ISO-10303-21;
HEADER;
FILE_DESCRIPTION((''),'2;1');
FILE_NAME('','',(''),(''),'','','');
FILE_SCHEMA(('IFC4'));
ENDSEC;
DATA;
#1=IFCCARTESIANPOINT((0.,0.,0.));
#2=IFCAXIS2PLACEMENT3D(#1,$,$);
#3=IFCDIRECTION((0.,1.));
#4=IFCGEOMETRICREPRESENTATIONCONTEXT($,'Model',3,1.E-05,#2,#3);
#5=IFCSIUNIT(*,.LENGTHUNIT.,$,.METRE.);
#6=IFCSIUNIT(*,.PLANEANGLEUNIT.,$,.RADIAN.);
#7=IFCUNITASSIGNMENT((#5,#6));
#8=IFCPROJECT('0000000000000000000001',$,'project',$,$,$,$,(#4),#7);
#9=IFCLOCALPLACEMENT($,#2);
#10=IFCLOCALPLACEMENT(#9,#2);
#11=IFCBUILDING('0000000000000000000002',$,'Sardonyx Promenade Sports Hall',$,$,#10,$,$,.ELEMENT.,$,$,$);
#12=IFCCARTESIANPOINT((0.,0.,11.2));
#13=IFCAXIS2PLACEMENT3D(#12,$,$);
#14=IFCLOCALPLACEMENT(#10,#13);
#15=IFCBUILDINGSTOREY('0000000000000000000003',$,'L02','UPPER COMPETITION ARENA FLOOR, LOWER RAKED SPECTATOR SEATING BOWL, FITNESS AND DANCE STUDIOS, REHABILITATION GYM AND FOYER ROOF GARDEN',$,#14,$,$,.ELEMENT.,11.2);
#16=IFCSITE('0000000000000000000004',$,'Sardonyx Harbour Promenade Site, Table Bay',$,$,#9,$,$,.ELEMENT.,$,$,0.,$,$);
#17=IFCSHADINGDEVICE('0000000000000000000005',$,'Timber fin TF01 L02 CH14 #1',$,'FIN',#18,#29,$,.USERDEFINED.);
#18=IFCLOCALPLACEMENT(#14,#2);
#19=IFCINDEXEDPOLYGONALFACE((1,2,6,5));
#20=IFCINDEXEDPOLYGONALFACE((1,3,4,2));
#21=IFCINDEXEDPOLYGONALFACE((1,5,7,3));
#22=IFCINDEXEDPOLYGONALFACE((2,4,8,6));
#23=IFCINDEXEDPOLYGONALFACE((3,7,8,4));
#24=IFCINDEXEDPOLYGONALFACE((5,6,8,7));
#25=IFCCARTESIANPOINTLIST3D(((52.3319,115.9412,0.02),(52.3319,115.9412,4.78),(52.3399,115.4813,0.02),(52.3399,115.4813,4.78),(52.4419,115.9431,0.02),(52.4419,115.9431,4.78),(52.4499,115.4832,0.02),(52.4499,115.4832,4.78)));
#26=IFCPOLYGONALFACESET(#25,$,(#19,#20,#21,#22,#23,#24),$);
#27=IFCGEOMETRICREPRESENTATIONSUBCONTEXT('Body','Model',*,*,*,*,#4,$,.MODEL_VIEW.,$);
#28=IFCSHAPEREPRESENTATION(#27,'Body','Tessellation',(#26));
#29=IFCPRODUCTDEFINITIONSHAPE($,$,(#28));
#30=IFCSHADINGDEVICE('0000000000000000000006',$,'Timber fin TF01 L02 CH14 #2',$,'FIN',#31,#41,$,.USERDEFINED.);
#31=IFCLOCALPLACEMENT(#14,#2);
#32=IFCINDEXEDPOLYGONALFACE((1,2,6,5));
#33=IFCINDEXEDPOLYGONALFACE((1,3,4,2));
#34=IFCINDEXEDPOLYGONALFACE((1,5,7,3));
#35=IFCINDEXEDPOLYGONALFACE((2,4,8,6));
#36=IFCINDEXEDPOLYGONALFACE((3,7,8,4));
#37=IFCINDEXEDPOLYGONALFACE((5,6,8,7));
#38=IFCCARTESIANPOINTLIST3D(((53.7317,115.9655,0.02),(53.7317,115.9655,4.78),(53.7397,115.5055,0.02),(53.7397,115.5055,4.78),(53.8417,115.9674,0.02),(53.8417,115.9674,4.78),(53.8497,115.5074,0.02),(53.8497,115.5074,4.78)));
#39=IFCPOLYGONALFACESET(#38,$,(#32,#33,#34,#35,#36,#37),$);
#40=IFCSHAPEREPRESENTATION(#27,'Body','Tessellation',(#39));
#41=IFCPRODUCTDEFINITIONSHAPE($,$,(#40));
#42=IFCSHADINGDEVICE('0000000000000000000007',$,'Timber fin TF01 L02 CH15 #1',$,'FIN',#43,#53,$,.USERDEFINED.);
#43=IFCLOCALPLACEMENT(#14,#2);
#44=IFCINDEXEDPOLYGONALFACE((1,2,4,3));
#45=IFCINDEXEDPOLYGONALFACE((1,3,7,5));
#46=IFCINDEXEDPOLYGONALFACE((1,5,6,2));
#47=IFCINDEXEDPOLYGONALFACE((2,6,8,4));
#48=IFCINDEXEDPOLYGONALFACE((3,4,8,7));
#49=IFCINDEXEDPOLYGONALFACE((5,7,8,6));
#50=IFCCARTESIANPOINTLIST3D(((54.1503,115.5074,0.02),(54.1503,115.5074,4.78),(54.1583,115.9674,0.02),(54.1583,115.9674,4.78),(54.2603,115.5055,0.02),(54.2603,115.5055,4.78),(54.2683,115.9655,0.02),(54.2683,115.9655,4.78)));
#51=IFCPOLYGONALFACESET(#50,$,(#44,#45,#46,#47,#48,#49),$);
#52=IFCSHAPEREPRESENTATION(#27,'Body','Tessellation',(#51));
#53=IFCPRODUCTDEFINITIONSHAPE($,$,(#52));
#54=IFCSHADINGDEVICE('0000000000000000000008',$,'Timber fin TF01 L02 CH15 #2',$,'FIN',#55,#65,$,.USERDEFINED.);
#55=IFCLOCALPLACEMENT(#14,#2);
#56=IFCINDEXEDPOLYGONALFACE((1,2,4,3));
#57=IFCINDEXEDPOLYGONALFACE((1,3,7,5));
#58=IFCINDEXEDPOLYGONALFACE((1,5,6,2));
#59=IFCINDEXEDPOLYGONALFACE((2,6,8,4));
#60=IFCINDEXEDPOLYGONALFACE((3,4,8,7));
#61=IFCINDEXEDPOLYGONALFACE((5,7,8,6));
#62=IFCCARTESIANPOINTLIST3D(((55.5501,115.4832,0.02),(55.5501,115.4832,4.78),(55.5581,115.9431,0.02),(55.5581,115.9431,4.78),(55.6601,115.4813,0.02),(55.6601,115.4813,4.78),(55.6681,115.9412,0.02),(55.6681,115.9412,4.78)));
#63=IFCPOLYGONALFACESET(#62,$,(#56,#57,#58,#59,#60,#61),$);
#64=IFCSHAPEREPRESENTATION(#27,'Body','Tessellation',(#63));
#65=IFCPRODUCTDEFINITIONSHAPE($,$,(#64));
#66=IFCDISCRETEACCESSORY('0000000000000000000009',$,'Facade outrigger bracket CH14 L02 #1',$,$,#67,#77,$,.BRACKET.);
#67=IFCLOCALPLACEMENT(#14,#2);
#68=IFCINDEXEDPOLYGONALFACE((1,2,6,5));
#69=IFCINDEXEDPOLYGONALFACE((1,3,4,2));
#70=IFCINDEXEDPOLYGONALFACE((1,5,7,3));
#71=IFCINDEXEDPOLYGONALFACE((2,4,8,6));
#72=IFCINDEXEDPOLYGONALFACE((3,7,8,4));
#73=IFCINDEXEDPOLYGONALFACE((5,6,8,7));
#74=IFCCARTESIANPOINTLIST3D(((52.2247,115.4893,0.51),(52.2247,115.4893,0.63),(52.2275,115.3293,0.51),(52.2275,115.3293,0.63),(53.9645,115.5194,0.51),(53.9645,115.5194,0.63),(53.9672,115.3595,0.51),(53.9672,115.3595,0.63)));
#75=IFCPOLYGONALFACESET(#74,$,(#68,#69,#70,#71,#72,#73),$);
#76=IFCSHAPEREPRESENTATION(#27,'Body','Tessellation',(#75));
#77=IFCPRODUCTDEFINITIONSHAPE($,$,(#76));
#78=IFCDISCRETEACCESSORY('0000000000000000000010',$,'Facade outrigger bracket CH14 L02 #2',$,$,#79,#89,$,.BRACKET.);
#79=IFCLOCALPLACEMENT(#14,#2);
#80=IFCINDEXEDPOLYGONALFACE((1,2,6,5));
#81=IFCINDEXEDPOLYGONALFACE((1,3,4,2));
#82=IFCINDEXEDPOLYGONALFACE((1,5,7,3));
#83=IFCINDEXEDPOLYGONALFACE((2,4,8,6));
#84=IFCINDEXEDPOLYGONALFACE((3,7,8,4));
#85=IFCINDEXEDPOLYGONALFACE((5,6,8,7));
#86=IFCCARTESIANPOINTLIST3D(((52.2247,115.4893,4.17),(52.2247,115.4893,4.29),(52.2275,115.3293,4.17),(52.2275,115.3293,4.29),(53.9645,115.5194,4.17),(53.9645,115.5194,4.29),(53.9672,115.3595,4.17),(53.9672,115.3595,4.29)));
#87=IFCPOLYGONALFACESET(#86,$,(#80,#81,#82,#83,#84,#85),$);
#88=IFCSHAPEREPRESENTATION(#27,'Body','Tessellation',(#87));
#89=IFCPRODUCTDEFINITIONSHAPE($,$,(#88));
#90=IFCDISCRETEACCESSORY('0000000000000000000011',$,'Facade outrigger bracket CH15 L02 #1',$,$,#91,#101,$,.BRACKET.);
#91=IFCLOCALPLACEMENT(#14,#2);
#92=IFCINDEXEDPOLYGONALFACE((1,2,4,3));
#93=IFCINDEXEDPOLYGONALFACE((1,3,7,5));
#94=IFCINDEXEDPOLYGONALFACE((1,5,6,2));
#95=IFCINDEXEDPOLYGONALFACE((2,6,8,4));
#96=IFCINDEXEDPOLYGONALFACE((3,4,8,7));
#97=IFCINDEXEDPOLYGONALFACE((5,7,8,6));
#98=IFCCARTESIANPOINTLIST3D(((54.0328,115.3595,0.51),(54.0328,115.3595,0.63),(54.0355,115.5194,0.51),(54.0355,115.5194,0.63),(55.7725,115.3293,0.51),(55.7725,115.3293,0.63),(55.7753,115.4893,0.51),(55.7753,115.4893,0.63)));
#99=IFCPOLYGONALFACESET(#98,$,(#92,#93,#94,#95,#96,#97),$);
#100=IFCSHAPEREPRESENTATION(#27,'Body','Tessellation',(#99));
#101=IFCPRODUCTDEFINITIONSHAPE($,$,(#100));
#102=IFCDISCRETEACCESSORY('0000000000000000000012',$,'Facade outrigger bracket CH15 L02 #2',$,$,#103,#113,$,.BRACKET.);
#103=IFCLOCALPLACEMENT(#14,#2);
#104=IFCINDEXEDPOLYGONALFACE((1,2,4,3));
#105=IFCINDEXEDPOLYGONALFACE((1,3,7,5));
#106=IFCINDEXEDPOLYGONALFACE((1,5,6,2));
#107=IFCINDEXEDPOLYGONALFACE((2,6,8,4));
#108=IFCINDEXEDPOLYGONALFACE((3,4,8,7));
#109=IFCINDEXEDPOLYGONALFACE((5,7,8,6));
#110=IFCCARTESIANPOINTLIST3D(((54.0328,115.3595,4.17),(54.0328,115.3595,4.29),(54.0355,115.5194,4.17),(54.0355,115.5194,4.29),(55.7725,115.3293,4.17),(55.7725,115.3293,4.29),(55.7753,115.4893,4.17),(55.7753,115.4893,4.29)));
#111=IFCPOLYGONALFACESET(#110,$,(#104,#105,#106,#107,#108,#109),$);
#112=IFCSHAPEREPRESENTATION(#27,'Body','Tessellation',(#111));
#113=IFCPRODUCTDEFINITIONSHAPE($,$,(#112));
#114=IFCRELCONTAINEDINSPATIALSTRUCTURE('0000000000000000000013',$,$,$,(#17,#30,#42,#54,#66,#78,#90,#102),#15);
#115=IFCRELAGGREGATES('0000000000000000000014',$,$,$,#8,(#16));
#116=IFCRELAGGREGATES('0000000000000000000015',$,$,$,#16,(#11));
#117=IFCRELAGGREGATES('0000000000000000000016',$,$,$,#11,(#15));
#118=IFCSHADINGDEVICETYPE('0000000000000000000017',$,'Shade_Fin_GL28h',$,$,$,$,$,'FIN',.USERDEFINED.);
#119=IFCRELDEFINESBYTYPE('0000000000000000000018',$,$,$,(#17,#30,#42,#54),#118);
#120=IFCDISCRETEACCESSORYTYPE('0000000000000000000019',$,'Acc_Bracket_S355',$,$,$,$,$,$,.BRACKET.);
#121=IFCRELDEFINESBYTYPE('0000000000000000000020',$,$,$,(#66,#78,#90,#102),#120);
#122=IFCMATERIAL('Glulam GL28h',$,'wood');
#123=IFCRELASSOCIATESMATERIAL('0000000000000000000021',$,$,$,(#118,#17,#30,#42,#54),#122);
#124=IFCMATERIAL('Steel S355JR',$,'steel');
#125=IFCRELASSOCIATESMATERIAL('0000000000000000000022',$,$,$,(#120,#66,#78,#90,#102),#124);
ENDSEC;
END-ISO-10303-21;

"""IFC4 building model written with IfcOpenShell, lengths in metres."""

from ifc_helpers import new_model, si_unit, direction, frame, origin, place, context, subcontext, project, spatial, rectangle, extrude, material, type_object, element, save


model = new_model("IFC4")

# Units and contexts
model_context = context("Model", 3, precision=1e-05, world=origin(), true_north=direction((0.0, 1.0)))
body_context = subcontext(model_context, "Body", "Model", "MODEL_VIEW")
ifc_project = project(units=[si_unit("LENGTHUNIT", "METRE"), si_unit("PLANEANGLEUNIT", "RADIAN")], contexts=[model_context])

# Site, building, storey
site_placement = place(None, origin())
site = spatial("IfcSite", under=ifc_project, at=site_placement, Name="Sardonyx Harbour Promenade Site, Table Bay", CompositionType="ELEMENT", RefElevation=0.0)
building_placement = place(site_placement, origin())
building = spatial("IfcBuilding", under=site, at=building_placement, Name="Sardonyx Promenade Sports Hall", CompositionType="ELEMENT")
storey_placement = place(building_placement, frame((0.0, 0.0, 11.2)))
storey = spatial("IfcBuildingStorey", under=building, at=storey_placement, Name="L02", Description="UPPER COMPETITION ARENA FLOOR, LOWER RAKED SPECTATOR SEATING BOWL, FITNESS AND DANCE STUDIOS, REHABILITATION GYM AND FOYER ROOF GARDEN", CompositionType="ELEMENT", Elevation=11.2)

# Shading devices
ifc_material_1 = material(Name="Glulam GL28h", Category="wood")
shading_device_type = type_object("IfcShadingDeviceType", Name="Shade_Fin_GL28h", ElementType="FIN", PredefinedType="USERDEFINED", material=ifc_material_1)
for number, where, z_axis, x_axis, name in (
    (1, (52.3909, 115.7122, 0.02), (0.0, 0.0, 1.0), (0.99985, 0.017308, 0.0), "Timber fin TF01 L02 CH14 #1"),
    (2, (53.7907, 115.7365, 0.02), (0.0, 0.0, 1.0), (0.99985, 0.017308, 0.0), "Timber fin TF01 L02 CH14 #2"),
    (3, (54.2093, 115.7365, 0.02), (0.0, 0.0, 1.0), (0.99985, -0.017308, 0.0), "Timber fin TF01 L02 CH15 #1"),
    (4, (55.6091, 115.7122, 0.02), (0.0, 0.0, 1.0), (0.99985, -0.017308, 0.0), "Timber fin TF01 L02 CH15 #2"),
):
    element("IfcShadingDevice", number, at=place(storey_placement, frame(where, z_axis=z_axis, x_axis=x_axis)), inside=storey, type_object=shading_device_type, material=ifc_material_1, Name=name, ObjectType="FIN", PredefinedType="USERDEFINED", context=body_context, shape_type="SweptSolid", body=[
        extrude(rectangle(XDim=0.11, YDim=0.46), origin(), (0.0, 0.0, 1.0), 4.76),
    ])

# Discrete accessories
ifc_material_2 = material(Name="Steel S355JR", Category="steel")
discrete_accessory_type = type_object("IfcDiscreteAccessoryType", Name="Acc_Bracket_S355", PredefinedType="BRACKET", material=ifc_material_2)
for number, where, z_axis, x_axis, name in (
    (5, (53.096, 115.4244, 0.51), (0.0, 0.0, 1.0), (0.99985, 0.017308, 0.0), "Facade outrigger bracket CH14 L02 #1"),
    (6, (53.096, 115.4244, 4.17), (0.0, 0.0, 1.0), (0.99985, 0.017308, 0.0), "Facade outrigger bracket CH14 L02 #2"),
    (7, (54.904, 115.4244, 0.51), (0.0, 0.0, 1.0), (0.99985, -0.017308, 0.0), "Facade outrigger bracket CH15 L02 #1"),
    (8, (54.904, 115.4244, 4.17), (0.0, 0.0, 1.0), (0.99985, -0.017308, 0.0), "Facade outrigger bracket CH15 L02 #2"),
):
    element("IfcDiscreteAccessory", number, at=place(storey_placement, frame(where, z_axis=z_axis, x_axis=x_axis)), inside=storey, type_object=discrete_accessory_type, material=ifc_material_2, Name=name, PredefinedType="BRACKET", context=body_context, shape_type="SweptSolid", body=[
        extrude(rectangle(XDim=1.74, YDim=0.16), origin(), (0.0, 0.0, 1.0), 0.12),
    ])

save(model, "model.ifc")
